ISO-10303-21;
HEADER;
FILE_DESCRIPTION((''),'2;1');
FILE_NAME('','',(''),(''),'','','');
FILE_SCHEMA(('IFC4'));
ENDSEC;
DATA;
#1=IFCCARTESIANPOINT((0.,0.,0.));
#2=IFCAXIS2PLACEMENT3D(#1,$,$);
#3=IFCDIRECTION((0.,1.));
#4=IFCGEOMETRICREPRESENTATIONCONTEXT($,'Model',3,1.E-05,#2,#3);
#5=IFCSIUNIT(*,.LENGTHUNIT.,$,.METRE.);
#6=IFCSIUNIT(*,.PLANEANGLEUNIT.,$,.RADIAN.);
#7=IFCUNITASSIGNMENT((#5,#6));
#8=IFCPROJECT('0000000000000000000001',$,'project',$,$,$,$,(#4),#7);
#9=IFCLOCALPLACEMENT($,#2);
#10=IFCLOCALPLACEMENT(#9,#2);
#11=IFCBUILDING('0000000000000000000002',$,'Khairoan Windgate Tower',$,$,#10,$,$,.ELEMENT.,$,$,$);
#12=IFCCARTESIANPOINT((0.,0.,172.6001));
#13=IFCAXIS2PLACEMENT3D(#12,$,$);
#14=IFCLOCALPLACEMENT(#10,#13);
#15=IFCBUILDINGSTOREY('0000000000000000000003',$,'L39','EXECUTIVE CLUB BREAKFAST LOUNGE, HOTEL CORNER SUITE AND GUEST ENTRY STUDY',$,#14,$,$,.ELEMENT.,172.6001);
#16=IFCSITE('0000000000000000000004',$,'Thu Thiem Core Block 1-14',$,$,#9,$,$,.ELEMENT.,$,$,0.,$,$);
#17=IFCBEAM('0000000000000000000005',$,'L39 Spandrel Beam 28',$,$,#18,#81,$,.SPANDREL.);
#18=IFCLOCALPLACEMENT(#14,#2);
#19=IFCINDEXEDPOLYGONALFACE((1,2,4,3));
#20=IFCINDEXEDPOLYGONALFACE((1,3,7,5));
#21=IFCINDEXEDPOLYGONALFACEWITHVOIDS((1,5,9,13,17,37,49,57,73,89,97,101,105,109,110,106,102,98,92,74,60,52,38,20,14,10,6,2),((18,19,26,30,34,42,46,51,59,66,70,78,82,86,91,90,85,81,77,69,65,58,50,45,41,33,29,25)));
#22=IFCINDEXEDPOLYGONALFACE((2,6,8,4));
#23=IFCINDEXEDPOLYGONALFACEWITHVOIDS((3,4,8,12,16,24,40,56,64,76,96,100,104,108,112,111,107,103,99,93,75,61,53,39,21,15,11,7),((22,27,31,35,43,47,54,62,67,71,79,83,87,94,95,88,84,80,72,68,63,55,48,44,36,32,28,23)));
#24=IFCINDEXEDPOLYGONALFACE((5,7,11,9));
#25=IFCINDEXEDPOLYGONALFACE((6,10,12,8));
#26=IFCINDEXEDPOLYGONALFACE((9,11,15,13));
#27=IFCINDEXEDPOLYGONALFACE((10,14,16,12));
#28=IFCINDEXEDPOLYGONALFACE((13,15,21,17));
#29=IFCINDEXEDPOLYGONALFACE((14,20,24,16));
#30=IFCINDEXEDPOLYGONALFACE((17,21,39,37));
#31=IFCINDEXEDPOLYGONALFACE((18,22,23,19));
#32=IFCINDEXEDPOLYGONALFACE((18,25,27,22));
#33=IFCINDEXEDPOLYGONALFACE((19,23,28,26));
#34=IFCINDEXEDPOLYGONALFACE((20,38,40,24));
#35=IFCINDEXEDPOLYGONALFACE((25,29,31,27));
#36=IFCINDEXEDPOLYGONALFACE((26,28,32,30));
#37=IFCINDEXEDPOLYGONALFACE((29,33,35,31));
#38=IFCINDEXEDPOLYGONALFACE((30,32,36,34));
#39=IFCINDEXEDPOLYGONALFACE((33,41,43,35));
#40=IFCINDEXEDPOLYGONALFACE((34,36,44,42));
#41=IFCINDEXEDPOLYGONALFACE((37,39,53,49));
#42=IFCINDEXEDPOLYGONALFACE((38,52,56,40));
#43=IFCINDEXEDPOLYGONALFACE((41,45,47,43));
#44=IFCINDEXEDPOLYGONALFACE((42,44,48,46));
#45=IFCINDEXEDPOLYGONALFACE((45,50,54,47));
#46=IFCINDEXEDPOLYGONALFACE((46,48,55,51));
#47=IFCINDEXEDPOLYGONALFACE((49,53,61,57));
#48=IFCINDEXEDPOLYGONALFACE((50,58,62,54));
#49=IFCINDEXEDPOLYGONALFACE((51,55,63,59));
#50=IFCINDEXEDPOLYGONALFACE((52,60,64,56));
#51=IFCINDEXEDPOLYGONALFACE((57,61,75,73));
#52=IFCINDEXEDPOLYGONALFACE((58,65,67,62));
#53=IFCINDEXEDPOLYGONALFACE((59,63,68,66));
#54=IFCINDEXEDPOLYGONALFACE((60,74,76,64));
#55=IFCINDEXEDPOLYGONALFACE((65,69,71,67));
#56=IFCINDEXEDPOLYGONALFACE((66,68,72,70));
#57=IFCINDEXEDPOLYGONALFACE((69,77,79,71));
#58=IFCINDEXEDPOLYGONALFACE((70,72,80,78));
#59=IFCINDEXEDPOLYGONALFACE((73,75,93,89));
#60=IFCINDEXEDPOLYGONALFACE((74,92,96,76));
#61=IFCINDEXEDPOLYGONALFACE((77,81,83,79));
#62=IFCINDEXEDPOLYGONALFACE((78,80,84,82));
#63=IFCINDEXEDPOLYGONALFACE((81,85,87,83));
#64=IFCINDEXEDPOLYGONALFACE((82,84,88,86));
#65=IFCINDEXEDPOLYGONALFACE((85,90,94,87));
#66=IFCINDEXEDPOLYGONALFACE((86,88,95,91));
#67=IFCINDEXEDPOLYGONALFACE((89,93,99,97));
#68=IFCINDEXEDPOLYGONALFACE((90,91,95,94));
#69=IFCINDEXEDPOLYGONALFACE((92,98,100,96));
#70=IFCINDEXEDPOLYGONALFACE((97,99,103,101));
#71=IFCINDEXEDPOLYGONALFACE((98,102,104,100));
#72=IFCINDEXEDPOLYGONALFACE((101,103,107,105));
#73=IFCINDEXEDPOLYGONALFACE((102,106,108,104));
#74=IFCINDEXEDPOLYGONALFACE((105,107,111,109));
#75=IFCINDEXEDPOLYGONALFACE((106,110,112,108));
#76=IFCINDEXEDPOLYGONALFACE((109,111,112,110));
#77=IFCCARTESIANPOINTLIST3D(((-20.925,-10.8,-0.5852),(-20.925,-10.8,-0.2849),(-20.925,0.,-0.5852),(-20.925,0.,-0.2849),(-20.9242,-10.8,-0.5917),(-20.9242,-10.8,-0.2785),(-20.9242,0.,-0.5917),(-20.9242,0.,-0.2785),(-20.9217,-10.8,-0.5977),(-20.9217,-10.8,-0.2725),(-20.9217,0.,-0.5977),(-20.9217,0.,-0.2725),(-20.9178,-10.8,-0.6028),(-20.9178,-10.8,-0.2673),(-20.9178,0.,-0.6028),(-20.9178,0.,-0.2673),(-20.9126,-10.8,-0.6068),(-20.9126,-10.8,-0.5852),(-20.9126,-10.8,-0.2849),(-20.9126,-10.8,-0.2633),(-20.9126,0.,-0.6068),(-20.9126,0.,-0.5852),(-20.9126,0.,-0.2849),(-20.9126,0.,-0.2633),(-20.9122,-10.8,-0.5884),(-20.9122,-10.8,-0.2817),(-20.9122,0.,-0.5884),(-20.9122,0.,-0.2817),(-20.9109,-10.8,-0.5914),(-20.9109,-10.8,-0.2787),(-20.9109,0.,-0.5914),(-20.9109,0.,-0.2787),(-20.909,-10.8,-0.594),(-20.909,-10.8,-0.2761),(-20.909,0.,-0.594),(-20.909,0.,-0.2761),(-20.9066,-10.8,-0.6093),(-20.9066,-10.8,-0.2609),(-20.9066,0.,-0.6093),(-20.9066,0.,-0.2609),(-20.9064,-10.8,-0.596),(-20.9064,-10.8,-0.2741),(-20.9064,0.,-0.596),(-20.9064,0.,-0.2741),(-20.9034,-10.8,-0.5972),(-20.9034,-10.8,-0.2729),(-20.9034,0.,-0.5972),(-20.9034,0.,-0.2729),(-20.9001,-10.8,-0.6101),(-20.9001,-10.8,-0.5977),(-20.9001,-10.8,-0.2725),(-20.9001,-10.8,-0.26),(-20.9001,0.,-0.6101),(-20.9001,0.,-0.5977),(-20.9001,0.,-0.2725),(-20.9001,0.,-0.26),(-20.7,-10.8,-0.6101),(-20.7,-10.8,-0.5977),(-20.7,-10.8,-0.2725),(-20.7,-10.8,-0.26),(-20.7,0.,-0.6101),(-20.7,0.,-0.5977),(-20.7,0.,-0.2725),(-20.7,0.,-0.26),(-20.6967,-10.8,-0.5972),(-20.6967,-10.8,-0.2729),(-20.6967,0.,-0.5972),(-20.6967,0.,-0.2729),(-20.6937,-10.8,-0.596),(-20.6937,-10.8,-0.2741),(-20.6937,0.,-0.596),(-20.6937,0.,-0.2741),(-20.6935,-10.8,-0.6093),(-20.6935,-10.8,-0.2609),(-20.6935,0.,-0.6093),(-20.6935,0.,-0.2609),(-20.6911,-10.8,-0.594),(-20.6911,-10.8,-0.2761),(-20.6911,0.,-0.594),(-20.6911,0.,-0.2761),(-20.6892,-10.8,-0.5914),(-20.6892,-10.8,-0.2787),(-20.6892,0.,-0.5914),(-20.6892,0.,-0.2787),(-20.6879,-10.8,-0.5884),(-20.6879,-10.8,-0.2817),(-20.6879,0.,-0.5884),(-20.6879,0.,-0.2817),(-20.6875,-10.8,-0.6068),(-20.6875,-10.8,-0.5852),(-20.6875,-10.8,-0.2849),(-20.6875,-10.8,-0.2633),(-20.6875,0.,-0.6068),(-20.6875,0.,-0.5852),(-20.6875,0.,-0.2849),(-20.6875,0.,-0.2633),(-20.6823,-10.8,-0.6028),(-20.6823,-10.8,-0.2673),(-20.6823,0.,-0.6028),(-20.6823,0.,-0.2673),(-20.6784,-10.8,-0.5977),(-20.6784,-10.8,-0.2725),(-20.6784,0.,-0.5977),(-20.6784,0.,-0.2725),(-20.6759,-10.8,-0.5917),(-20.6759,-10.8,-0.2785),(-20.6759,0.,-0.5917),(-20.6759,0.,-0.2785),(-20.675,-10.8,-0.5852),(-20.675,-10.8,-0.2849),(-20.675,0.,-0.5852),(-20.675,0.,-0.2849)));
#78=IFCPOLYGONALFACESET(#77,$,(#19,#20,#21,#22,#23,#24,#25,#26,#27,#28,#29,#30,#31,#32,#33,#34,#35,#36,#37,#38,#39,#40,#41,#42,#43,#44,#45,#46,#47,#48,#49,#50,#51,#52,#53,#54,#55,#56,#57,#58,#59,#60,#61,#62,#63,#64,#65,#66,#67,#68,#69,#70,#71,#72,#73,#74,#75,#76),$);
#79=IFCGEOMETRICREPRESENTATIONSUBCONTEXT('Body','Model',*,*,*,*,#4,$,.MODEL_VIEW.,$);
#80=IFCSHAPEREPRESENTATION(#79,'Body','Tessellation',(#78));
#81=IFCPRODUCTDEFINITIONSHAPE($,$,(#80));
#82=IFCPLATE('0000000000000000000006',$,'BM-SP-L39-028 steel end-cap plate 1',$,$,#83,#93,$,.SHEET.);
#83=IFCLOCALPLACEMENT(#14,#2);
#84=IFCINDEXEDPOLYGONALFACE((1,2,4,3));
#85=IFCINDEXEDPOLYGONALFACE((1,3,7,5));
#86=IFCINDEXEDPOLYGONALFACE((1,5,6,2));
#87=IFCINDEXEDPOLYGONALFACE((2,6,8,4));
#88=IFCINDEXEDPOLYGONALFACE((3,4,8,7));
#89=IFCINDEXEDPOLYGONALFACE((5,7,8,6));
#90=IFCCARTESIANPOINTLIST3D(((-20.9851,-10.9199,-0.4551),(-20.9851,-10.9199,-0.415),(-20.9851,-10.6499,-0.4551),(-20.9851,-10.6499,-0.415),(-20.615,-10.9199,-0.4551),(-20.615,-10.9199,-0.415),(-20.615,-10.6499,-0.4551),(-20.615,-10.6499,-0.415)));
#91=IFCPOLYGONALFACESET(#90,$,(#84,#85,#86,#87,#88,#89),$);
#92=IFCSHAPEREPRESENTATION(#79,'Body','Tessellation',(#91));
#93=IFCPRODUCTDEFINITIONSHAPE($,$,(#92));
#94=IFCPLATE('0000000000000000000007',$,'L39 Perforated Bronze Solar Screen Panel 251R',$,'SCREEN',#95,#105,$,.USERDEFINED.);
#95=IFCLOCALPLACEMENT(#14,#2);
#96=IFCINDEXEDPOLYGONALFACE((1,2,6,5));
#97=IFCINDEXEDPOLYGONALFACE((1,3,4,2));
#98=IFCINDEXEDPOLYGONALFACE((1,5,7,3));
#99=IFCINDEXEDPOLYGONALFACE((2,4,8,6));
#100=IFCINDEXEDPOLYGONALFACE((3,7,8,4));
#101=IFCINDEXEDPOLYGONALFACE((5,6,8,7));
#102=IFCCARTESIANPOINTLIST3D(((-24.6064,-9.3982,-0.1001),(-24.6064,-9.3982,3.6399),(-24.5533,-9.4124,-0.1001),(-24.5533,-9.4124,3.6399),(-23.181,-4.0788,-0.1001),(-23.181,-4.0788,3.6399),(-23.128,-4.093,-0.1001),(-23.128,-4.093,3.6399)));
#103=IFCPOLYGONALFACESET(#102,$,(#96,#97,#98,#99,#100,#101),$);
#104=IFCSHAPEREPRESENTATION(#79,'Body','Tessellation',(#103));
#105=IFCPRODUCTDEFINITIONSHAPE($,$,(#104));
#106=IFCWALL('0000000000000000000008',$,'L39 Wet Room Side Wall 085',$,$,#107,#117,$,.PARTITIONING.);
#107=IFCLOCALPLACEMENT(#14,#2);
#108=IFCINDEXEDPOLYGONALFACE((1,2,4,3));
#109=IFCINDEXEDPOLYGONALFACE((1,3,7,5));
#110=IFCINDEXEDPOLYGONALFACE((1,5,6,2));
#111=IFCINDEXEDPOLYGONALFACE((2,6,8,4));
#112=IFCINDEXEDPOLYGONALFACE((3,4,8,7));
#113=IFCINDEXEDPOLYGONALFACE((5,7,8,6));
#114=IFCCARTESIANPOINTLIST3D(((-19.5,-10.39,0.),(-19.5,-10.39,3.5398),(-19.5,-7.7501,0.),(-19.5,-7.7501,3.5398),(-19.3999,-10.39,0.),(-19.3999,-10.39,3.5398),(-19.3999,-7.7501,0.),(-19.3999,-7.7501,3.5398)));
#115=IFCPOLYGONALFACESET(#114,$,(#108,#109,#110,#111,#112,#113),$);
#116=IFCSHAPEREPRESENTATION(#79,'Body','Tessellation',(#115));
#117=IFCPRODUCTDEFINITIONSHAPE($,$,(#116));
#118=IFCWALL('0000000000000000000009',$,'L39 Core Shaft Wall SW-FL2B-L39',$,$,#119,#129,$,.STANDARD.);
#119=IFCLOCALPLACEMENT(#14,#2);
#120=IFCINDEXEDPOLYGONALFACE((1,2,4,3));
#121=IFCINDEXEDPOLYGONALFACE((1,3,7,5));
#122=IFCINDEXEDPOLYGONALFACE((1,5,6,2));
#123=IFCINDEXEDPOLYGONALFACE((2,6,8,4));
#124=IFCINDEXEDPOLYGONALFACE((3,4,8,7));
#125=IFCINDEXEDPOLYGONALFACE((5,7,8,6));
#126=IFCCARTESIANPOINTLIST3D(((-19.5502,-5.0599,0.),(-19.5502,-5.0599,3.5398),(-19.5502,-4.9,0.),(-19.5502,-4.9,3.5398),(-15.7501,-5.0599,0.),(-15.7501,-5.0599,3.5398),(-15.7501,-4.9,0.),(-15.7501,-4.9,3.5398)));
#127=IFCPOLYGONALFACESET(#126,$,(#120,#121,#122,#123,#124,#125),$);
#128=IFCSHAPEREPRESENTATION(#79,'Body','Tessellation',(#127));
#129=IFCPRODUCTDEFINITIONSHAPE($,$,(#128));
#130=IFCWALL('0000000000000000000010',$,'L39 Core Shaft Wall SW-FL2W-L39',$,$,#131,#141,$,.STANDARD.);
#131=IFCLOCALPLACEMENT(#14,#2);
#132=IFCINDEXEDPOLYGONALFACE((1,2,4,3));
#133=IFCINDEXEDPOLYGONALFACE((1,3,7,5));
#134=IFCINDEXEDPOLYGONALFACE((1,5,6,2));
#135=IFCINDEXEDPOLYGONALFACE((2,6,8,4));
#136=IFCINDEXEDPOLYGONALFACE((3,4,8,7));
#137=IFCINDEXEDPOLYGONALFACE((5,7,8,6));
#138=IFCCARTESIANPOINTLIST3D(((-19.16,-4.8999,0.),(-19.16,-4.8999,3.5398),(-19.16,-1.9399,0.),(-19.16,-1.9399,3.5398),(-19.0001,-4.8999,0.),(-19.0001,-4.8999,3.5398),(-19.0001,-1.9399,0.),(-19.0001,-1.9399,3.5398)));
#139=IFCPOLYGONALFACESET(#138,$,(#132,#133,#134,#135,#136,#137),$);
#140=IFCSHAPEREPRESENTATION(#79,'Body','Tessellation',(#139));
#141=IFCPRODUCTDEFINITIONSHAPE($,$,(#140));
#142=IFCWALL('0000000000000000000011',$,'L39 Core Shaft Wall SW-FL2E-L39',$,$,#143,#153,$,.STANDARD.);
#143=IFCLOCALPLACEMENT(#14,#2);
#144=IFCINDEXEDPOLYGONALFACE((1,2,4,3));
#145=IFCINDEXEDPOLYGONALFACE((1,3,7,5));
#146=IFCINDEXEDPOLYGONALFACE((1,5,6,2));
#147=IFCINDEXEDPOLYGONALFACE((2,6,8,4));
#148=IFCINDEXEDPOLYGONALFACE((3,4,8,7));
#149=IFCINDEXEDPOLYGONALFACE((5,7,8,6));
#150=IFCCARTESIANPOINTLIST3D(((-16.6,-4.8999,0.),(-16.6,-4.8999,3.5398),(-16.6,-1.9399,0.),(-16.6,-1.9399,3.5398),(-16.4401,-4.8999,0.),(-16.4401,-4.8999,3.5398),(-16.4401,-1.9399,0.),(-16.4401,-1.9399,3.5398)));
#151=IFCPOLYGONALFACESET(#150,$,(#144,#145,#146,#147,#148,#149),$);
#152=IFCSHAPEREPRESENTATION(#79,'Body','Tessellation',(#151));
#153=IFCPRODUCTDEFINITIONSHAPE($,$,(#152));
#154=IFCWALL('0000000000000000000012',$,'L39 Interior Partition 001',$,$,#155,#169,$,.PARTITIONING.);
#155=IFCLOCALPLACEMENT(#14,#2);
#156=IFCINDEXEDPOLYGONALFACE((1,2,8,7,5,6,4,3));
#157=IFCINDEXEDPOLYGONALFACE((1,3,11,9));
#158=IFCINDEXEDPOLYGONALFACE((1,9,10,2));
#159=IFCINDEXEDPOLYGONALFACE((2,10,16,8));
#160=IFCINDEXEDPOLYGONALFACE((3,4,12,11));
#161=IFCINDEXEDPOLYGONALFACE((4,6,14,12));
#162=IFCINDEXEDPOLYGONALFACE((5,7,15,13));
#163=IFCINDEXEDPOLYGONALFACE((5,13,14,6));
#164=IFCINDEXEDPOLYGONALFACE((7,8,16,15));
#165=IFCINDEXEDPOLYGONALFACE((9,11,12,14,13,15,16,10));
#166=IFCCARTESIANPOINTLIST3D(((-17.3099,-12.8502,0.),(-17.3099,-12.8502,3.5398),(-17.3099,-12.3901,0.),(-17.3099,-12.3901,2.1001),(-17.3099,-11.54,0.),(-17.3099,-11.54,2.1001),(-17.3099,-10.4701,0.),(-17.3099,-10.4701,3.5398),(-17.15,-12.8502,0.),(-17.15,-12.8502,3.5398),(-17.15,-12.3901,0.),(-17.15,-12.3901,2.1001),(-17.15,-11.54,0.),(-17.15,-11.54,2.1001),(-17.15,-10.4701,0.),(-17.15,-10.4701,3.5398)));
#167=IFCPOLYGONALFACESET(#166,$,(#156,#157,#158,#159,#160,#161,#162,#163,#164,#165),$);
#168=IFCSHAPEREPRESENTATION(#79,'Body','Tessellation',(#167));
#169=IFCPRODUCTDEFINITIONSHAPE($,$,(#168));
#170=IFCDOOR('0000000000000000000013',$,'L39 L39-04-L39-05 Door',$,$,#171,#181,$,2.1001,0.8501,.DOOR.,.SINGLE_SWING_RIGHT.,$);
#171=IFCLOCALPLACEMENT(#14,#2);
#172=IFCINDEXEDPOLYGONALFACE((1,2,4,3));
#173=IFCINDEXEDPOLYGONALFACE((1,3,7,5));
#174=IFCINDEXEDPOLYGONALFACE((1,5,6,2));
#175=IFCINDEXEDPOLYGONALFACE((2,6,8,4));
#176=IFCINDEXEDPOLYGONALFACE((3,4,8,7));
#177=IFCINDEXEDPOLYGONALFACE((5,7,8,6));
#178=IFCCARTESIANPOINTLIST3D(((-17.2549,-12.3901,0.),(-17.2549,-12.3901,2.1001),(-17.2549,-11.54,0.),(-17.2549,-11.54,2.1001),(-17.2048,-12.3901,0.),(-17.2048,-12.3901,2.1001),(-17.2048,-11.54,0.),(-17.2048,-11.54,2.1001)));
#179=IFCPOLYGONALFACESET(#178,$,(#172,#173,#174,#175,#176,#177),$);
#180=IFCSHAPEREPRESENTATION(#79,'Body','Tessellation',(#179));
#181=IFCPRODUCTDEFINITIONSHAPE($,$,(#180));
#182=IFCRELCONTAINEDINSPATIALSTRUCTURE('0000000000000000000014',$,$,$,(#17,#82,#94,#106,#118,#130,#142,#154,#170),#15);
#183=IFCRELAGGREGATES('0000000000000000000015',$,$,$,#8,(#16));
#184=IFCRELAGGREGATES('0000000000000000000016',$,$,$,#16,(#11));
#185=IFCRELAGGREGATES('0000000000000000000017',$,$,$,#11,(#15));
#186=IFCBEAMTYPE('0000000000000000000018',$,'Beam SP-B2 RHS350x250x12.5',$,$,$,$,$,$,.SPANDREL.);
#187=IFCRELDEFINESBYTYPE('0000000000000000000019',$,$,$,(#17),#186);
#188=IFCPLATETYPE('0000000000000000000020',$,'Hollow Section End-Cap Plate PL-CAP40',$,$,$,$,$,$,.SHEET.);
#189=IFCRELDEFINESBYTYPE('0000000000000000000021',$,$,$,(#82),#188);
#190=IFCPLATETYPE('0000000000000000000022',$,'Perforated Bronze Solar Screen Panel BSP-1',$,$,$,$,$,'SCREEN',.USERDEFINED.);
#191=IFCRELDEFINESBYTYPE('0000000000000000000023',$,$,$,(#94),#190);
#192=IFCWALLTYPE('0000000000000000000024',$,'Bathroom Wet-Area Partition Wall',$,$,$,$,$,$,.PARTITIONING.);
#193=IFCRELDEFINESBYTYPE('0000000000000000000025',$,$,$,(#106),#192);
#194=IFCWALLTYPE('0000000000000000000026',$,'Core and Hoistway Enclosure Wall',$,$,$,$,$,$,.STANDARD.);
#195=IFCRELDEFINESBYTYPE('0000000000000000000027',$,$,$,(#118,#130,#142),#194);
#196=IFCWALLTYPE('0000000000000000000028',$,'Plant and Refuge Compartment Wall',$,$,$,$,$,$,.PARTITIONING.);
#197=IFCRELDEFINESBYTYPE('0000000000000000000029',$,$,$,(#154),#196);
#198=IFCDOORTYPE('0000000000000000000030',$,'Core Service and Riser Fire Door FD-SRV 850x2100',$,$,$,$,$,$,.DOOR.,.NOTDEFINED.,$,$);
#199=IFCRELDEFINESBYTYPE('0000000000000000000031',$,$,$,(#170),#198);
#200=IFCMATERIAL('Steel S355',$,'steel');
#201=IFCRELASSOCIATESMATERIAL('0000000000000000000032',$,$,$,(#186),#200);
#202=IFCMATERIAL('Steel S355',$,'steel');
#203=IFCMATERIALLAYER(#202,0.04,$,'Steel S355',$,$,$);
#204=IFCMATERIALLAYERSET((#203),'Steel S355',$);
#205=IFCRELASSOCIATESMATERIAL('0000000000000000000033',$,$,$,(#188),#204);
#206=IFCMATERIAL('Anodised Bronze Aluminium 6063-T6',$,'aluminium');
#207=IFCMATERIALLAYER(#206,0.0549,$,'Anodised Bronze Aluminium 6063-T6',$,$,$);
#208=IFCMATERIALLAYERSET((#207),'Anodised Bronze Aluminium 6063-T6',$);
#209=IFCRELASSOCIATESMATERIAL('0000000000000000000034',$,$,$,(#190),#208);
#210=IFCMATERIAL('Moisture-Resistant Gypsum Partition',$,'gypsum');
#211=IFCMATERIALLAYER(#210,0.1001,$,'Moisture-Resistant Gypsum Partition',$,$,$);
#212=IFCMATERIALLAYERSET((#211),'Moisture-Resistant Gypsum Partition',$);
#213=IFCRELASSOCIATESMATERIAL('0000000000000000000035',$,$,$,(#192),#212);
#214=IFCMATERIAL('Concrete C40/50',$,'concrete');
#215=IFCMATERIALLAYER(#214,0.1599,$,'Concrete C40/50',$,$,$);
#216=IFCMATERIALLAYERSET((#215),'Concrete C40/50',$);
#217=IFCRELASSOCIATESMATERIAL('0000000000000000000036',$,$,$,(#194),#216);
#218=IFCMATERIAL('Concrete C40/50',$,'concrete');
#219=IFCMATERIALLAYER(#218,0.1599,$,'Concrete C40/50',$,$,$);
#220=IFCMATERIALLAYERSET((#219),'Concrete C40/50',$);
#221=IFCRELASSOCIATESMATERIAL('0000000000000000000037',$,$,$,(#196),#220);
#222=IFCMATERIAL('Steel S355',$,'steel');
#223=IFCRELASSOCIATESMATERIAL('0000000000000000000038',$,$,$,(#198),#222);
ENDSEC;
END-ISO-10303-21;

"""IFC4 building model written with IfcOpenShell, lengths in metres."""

from ifc_helpers import new_model, si_unit, direction, frame, frame_2d, origin, origin_2d, place, context, subcontext, project, spatial, rectangle, hollow_rectangle, extrude, material, layer, layer_set, material_profile, profile_set, type_object, element, fill, save


model = new_model("IFC4")

# Units and contexts
model_context = context("Model", 3, precision=1e-05, world=origin(), true_north=direction((0.0, 1.0)))
body_context = subcontext(model_context, "Body", "Model", "MODEL_VIEW")
ifc_project = project(units=[si_unit("LENGTHUNIT", "METRE"), si_unit("PLANEANGLEUNIT", "RADIAN")], contexts=[model_context])

# Site, building, storey
site_placement = place(None, origin())
site = spatial("IfcSite", under=ifc_project, at=site_placement, Name="Thu Thiem Core Block 1-14", CompositionType="ELEMENT", RefElevation=0.0)
building_placement = place(site_placement, origin())
building = spatial("IfcBuilding", under=site, at=building_placement, Name="Khairoan Windgate Tower", CompositionType="ELEMENT")
storey_placement = place(building_placement, frame((0.0, 0.0, 172.6001)))
storey = spatial("IfcBuildingStorey", under=building, at=storey_placement, Name="L39", Description="EXECUTIVE CLUB BREAKFAST LOUNGE, HOTEL CORNER SUITE AND GUEST ENTRY STUDY", CompositionType="ELEMENT", Elevation=172.6001)

# Beam
ifc_material_1 = material(Name="Steel S355", Category="steel")
ifc_material_profile_1 = material_profile(ifc_material_1, hollow_rectangle(XDim=0.25, YDim=0.3501, WallThickness=0.0125, InnerFilletRadius=0.0125, OuterFilletRadius=0.0249, at=origin_2d()))
ifc_profile_set_1 = profile_set([ifc_material_profile_1], Name="Steel S355")
beam_type_1 = type_object("IfcBeamType", Name="Beam SP-B2 RHS350x250x12.5", PredefinedType="SPANDREL", material=ifc_profile_set_1)
beam_1_placement = place(storey_placement, frame((-20.8, -10.8, -0.4351), z_axis=(0.0, 1.0, 0.0), x_axis=(-1.0, 0.0, 0.0)))
element("IfcBeam", 1, at=beam_1_placement, inside=storey, type_object=beam_type_1, Name="L39 Spandrel Beam 28", PredefinedType="SPANDREL", context=body_context, shape_type="SweptSolid", body=[
    extrude(hollow_rectangle(XDim=0.25, YDim=0.3501, WallThickness=0.0125, InnerFilletRadius=0.0125, OuterFilletRadius=0.0249, at=origin_2d()), origin(), (0.0, 0.0, 1.0), 10.8),
])

# Plates
ifc_material_2 = material(Name="Steel S355", Category="steel")
ifc_layer_1 = layer(ifc_material_2, 0.04, Name="Steel S355")
ifc_layer_set_1 = layer_set([ifc_layer_1], Name="Steel S355")
plate_type_1 = type_object("IfcPlateType", Name="Hollow Section End-Cap Plate PL-CAP40", PredefinedType="SHEET", material=ifc_layer_set_1)
plate_1_placement = place(storey_placement, frame((-20.8, -10.7849, -0.4551), z_axis=(0.0, 0.0, 1.0), x_axis=(0.0, 1.0, 0.0)))
element("IfcPlate", 2, at=plate_1_placement, inside=storey, type_object=plate_type_1, Name="BM-SP-L39-028 steel end-cap plate 1", PredefinedType="SHEET", context=body_context, shape_type="SweptSolid", body=[
    extrude(rectangle(XDim=0.27, YDim=0.3701, at=origin_2d()), origin(), (0.0, 0.0, 1.0), 0.04),
])
ifc_material_3 = material(Name="Anodised Bronze Aluminium 6063-T6", Category="aluminium")
ifc_layer_2 = layer(ifc_material_3, 0.0549, Name="Anodised Bronze Aluminium 6063-T6")
ifc_layer_set_2 = layer_set([ifc_layer_2], Name="Anodised Bronze Aluminium 6063-T6")
plate_type_2 = type_object("IfcPlateType", Name="Perforated Bronze Solar Screen Panel BSP-1", ElementType="SCREEN", PredefinedType="USERDEFINED", material=ifc_layer_set_2)
plate_2_placement = place(storey_placement, frame((-23.8672, -6.7456, -0.1001), z_axis=(0.0, 0.0, 1.0), x_axis=(0.258819, 0.965926, 0.0)))
element("IfcPlate", 3, at=plate_2_placement, inside=storey, type_object=plate_type_2, Name="L39 Perforated Bronze Solar Screen Panel 251R", ObjectType="SCREEN", PredefinedType="USERDEFINED", context=body_context, shape_type="SweptSolid", body=[
    extrude(rectangle(XDim=5.5071, YDim=0.0549, at=origin_2d()), origin(), (0.0, 0.0, 1.0), 3.74),
])

# Walls
ifc_material_4 = material(Name="Moisture-Resistant Gypsum Partition", Category="gypsum")
ifc_layer_3 = layer(ifc_material_4, 0.1001, Name="Moisture-Resistant Gypsum Partition")
ifc_layer_set_3 = layer_set([ifc_layer_3], Name="Moisture-Resistant Gypsum Partition")
wall_type_1 = type_object("IfcWallType", Name="Bathroom Wet-Area Partition Wall", PredefinedType="PARTITIONING", material=ifc_layer_set_3)
wall_1_placement = place(storey_placement, frame((-19.45, -10.3899, 0.0), z_axis=(0.0, 0.0, 1.0), x_axis=(0.0, 1.0, 0.0)))
element("IfcWall", 4, at=wall_1_placement, inside=storey, type_object=wall_type_1, Name="L39 Wet Room Side Wall 085", PredefinedType="PARTITIONING", context=body_context, shape_type="SweptSolid", body=[
    extrude(rectangle(XDim=2.6399, YDim=0.1001, at=frame_2d((1.3198, 0.0))), origin(), (0.0, 0.0, 1.0), 3.5398),
])
ifc_material_5 = material(Name="Concrete C40/50", Category="concrete")
ifc_layer_4 = layer(ifc_material_5, 0.1599, Name="Concrete C40/50")
ifc_layer_set_4 = layer_set([ifc_layer_4], Name="Concrete C40/50")
wall_type_2 = type_object("IfcWallType", Name="Core and Hoistway Enclosure Wall", PredefinedType="STANDARD", material=ifc_layer_set_4)
wall_2_placement = place(storey_placement, frame((-19.55, -4.98, 0.0), z_axis=(0.0, 0.0, 1.0), x_axis=(1.0, 0.0, 0.0)))
element("IfcWall", 5, at=wall_2_placement, inside=storey, type_object=wall_type_2, Name="L39 Core Shaft Wall SW-FL2B-L39", PredefinedType="STANDARD", context=body_context, shape_type="SweptSolid", body=[
    extrude(rectangle(XDim=3.8, YDim=0.1599, at=frame_2d((1.8999, 0.0))), origin(), (0.0, 0.0, 1.0), 3.5398),
])
for number, where, z_axis, x_axis, name in (
    (6, (-19.0801, -4.8999, 0.0), (0.0, 0.0, 1.0), (0.0, 1.0, 0.0), "L39 Core Shaft Wall SW-FL2W-L39"),
    (7, (-16.52, -4.8999, 0.0), (0.0, 0.0, 1.0), (0.0, 1.0, 0.0), "L39 Core Shaft Wall SW-FL2E-L39"),
):
    element("IfcWall", number, at=place(storey_placement, frame(where, z_axis=z_axis, x_axis=x_axis)), inside=storey, type_object=wall_type_2, Name=name, PredefinedType="STANDARD", context=body_context, shape_type="SweptSolid", body=[
        extrude(rectangle(XDim=2.96, YDim=0.1599, at=frame_2d((1.48, 0.0))), origin(), (0.0, 0.0, 1.0), 3.5398),
    ])

# Wall, opening, door
ifc_material_6 = material(Name="Concrete C40/50", Category="concrete")
ifc_layer_5 = layer(ifc_material_6, 0.1599, Name="Concrete C40/50")
ifc_layer_set_5 = layer_set([ifc_layer_5], Name="Concrete C40/50")
wall_type_3 = type_object("IfcWallType", Name="Plant and Refuge Compartment Wall", PredefinedType="PARTITIONING", material=ifc_layer_set_5)
wall_3_placement = place(storey_placement, frame((-17.23, -12.8501, 0.0), z_axis=(0.0, 0.0, 1.0), x_axis=(0.0, 1.0, 0.0)))
wall_3 = element("IfcWall", 8, at=wall_3_placement, inside=storey, type_object=wall_type_3, Name="L39 Interior Partition 001", PredefinedType="PARTITIONING", context=body_context, shape_type="SweptSolid", body=[
    extrude(rectangle(XDim=2.3801, YDim=0.1599, at=frame_2d((1.1899, 0.0))), origin(), (0.0, 0.0, 1.0), 3.5398),
])
opening_1_placement = place(wall_3_placement, frame((0.46, 0.0, 0.0)))
opening_1 = element("IfcOpeningElement", 9, at=opening_1_placement, cuts=wall_3, PredefinedType="OPENING", context=body_context, shape_type="SweptSolid", body=[
    extrude(rectangle(XDim=0.8501, YDim=2.1001, at=frame_2d((0.425, 1.05))), frame((0.0, 0.0898, 0.0), z_axis=(0.0, -1.0, 0.0), x_axis=(1.0, 0.0, 0.0)), (0.0, 0.0, 1.0), 0.1799),
])
ifc_material_7 = material(Name="Steel S355", Category="steel")
door_type = type_object("IfcDoorType", Name="Core Service and Riser Fire Door FD-SRV 850x2100", OperationType="NOTDEFINED", PredefinedType="DOOR", material=ifc_material_7)
door_1_placement = place(opening_1_placement, origin())
door_1 = element("IfcDoor", 10, at=door_1_placement, inside=storey, type_object=door_type, Name="L39 L39-04-L39-05 Door", OperationType="SINGLE_SWING_RIGHT", OverallHeight=2.1001, OverallWidth=0.8501, PredefinedType="DOOR", context=body_context, shape_type="SweptSolid", body=[
    extrude(rectangle(XDim=0.8501, YDim=2.1001, at=frame_2d((0.425, 1.05))), frame((0.0, 0.0249, 0.0), z_axis=(0.0, -1.0, 0.0), x_axis=(1.0, 0.0, 0.0)), (0.0, 0.0, 1.0), 0.05),
])
fill(opening_1, door_1)

save(model, "model.ifc")
